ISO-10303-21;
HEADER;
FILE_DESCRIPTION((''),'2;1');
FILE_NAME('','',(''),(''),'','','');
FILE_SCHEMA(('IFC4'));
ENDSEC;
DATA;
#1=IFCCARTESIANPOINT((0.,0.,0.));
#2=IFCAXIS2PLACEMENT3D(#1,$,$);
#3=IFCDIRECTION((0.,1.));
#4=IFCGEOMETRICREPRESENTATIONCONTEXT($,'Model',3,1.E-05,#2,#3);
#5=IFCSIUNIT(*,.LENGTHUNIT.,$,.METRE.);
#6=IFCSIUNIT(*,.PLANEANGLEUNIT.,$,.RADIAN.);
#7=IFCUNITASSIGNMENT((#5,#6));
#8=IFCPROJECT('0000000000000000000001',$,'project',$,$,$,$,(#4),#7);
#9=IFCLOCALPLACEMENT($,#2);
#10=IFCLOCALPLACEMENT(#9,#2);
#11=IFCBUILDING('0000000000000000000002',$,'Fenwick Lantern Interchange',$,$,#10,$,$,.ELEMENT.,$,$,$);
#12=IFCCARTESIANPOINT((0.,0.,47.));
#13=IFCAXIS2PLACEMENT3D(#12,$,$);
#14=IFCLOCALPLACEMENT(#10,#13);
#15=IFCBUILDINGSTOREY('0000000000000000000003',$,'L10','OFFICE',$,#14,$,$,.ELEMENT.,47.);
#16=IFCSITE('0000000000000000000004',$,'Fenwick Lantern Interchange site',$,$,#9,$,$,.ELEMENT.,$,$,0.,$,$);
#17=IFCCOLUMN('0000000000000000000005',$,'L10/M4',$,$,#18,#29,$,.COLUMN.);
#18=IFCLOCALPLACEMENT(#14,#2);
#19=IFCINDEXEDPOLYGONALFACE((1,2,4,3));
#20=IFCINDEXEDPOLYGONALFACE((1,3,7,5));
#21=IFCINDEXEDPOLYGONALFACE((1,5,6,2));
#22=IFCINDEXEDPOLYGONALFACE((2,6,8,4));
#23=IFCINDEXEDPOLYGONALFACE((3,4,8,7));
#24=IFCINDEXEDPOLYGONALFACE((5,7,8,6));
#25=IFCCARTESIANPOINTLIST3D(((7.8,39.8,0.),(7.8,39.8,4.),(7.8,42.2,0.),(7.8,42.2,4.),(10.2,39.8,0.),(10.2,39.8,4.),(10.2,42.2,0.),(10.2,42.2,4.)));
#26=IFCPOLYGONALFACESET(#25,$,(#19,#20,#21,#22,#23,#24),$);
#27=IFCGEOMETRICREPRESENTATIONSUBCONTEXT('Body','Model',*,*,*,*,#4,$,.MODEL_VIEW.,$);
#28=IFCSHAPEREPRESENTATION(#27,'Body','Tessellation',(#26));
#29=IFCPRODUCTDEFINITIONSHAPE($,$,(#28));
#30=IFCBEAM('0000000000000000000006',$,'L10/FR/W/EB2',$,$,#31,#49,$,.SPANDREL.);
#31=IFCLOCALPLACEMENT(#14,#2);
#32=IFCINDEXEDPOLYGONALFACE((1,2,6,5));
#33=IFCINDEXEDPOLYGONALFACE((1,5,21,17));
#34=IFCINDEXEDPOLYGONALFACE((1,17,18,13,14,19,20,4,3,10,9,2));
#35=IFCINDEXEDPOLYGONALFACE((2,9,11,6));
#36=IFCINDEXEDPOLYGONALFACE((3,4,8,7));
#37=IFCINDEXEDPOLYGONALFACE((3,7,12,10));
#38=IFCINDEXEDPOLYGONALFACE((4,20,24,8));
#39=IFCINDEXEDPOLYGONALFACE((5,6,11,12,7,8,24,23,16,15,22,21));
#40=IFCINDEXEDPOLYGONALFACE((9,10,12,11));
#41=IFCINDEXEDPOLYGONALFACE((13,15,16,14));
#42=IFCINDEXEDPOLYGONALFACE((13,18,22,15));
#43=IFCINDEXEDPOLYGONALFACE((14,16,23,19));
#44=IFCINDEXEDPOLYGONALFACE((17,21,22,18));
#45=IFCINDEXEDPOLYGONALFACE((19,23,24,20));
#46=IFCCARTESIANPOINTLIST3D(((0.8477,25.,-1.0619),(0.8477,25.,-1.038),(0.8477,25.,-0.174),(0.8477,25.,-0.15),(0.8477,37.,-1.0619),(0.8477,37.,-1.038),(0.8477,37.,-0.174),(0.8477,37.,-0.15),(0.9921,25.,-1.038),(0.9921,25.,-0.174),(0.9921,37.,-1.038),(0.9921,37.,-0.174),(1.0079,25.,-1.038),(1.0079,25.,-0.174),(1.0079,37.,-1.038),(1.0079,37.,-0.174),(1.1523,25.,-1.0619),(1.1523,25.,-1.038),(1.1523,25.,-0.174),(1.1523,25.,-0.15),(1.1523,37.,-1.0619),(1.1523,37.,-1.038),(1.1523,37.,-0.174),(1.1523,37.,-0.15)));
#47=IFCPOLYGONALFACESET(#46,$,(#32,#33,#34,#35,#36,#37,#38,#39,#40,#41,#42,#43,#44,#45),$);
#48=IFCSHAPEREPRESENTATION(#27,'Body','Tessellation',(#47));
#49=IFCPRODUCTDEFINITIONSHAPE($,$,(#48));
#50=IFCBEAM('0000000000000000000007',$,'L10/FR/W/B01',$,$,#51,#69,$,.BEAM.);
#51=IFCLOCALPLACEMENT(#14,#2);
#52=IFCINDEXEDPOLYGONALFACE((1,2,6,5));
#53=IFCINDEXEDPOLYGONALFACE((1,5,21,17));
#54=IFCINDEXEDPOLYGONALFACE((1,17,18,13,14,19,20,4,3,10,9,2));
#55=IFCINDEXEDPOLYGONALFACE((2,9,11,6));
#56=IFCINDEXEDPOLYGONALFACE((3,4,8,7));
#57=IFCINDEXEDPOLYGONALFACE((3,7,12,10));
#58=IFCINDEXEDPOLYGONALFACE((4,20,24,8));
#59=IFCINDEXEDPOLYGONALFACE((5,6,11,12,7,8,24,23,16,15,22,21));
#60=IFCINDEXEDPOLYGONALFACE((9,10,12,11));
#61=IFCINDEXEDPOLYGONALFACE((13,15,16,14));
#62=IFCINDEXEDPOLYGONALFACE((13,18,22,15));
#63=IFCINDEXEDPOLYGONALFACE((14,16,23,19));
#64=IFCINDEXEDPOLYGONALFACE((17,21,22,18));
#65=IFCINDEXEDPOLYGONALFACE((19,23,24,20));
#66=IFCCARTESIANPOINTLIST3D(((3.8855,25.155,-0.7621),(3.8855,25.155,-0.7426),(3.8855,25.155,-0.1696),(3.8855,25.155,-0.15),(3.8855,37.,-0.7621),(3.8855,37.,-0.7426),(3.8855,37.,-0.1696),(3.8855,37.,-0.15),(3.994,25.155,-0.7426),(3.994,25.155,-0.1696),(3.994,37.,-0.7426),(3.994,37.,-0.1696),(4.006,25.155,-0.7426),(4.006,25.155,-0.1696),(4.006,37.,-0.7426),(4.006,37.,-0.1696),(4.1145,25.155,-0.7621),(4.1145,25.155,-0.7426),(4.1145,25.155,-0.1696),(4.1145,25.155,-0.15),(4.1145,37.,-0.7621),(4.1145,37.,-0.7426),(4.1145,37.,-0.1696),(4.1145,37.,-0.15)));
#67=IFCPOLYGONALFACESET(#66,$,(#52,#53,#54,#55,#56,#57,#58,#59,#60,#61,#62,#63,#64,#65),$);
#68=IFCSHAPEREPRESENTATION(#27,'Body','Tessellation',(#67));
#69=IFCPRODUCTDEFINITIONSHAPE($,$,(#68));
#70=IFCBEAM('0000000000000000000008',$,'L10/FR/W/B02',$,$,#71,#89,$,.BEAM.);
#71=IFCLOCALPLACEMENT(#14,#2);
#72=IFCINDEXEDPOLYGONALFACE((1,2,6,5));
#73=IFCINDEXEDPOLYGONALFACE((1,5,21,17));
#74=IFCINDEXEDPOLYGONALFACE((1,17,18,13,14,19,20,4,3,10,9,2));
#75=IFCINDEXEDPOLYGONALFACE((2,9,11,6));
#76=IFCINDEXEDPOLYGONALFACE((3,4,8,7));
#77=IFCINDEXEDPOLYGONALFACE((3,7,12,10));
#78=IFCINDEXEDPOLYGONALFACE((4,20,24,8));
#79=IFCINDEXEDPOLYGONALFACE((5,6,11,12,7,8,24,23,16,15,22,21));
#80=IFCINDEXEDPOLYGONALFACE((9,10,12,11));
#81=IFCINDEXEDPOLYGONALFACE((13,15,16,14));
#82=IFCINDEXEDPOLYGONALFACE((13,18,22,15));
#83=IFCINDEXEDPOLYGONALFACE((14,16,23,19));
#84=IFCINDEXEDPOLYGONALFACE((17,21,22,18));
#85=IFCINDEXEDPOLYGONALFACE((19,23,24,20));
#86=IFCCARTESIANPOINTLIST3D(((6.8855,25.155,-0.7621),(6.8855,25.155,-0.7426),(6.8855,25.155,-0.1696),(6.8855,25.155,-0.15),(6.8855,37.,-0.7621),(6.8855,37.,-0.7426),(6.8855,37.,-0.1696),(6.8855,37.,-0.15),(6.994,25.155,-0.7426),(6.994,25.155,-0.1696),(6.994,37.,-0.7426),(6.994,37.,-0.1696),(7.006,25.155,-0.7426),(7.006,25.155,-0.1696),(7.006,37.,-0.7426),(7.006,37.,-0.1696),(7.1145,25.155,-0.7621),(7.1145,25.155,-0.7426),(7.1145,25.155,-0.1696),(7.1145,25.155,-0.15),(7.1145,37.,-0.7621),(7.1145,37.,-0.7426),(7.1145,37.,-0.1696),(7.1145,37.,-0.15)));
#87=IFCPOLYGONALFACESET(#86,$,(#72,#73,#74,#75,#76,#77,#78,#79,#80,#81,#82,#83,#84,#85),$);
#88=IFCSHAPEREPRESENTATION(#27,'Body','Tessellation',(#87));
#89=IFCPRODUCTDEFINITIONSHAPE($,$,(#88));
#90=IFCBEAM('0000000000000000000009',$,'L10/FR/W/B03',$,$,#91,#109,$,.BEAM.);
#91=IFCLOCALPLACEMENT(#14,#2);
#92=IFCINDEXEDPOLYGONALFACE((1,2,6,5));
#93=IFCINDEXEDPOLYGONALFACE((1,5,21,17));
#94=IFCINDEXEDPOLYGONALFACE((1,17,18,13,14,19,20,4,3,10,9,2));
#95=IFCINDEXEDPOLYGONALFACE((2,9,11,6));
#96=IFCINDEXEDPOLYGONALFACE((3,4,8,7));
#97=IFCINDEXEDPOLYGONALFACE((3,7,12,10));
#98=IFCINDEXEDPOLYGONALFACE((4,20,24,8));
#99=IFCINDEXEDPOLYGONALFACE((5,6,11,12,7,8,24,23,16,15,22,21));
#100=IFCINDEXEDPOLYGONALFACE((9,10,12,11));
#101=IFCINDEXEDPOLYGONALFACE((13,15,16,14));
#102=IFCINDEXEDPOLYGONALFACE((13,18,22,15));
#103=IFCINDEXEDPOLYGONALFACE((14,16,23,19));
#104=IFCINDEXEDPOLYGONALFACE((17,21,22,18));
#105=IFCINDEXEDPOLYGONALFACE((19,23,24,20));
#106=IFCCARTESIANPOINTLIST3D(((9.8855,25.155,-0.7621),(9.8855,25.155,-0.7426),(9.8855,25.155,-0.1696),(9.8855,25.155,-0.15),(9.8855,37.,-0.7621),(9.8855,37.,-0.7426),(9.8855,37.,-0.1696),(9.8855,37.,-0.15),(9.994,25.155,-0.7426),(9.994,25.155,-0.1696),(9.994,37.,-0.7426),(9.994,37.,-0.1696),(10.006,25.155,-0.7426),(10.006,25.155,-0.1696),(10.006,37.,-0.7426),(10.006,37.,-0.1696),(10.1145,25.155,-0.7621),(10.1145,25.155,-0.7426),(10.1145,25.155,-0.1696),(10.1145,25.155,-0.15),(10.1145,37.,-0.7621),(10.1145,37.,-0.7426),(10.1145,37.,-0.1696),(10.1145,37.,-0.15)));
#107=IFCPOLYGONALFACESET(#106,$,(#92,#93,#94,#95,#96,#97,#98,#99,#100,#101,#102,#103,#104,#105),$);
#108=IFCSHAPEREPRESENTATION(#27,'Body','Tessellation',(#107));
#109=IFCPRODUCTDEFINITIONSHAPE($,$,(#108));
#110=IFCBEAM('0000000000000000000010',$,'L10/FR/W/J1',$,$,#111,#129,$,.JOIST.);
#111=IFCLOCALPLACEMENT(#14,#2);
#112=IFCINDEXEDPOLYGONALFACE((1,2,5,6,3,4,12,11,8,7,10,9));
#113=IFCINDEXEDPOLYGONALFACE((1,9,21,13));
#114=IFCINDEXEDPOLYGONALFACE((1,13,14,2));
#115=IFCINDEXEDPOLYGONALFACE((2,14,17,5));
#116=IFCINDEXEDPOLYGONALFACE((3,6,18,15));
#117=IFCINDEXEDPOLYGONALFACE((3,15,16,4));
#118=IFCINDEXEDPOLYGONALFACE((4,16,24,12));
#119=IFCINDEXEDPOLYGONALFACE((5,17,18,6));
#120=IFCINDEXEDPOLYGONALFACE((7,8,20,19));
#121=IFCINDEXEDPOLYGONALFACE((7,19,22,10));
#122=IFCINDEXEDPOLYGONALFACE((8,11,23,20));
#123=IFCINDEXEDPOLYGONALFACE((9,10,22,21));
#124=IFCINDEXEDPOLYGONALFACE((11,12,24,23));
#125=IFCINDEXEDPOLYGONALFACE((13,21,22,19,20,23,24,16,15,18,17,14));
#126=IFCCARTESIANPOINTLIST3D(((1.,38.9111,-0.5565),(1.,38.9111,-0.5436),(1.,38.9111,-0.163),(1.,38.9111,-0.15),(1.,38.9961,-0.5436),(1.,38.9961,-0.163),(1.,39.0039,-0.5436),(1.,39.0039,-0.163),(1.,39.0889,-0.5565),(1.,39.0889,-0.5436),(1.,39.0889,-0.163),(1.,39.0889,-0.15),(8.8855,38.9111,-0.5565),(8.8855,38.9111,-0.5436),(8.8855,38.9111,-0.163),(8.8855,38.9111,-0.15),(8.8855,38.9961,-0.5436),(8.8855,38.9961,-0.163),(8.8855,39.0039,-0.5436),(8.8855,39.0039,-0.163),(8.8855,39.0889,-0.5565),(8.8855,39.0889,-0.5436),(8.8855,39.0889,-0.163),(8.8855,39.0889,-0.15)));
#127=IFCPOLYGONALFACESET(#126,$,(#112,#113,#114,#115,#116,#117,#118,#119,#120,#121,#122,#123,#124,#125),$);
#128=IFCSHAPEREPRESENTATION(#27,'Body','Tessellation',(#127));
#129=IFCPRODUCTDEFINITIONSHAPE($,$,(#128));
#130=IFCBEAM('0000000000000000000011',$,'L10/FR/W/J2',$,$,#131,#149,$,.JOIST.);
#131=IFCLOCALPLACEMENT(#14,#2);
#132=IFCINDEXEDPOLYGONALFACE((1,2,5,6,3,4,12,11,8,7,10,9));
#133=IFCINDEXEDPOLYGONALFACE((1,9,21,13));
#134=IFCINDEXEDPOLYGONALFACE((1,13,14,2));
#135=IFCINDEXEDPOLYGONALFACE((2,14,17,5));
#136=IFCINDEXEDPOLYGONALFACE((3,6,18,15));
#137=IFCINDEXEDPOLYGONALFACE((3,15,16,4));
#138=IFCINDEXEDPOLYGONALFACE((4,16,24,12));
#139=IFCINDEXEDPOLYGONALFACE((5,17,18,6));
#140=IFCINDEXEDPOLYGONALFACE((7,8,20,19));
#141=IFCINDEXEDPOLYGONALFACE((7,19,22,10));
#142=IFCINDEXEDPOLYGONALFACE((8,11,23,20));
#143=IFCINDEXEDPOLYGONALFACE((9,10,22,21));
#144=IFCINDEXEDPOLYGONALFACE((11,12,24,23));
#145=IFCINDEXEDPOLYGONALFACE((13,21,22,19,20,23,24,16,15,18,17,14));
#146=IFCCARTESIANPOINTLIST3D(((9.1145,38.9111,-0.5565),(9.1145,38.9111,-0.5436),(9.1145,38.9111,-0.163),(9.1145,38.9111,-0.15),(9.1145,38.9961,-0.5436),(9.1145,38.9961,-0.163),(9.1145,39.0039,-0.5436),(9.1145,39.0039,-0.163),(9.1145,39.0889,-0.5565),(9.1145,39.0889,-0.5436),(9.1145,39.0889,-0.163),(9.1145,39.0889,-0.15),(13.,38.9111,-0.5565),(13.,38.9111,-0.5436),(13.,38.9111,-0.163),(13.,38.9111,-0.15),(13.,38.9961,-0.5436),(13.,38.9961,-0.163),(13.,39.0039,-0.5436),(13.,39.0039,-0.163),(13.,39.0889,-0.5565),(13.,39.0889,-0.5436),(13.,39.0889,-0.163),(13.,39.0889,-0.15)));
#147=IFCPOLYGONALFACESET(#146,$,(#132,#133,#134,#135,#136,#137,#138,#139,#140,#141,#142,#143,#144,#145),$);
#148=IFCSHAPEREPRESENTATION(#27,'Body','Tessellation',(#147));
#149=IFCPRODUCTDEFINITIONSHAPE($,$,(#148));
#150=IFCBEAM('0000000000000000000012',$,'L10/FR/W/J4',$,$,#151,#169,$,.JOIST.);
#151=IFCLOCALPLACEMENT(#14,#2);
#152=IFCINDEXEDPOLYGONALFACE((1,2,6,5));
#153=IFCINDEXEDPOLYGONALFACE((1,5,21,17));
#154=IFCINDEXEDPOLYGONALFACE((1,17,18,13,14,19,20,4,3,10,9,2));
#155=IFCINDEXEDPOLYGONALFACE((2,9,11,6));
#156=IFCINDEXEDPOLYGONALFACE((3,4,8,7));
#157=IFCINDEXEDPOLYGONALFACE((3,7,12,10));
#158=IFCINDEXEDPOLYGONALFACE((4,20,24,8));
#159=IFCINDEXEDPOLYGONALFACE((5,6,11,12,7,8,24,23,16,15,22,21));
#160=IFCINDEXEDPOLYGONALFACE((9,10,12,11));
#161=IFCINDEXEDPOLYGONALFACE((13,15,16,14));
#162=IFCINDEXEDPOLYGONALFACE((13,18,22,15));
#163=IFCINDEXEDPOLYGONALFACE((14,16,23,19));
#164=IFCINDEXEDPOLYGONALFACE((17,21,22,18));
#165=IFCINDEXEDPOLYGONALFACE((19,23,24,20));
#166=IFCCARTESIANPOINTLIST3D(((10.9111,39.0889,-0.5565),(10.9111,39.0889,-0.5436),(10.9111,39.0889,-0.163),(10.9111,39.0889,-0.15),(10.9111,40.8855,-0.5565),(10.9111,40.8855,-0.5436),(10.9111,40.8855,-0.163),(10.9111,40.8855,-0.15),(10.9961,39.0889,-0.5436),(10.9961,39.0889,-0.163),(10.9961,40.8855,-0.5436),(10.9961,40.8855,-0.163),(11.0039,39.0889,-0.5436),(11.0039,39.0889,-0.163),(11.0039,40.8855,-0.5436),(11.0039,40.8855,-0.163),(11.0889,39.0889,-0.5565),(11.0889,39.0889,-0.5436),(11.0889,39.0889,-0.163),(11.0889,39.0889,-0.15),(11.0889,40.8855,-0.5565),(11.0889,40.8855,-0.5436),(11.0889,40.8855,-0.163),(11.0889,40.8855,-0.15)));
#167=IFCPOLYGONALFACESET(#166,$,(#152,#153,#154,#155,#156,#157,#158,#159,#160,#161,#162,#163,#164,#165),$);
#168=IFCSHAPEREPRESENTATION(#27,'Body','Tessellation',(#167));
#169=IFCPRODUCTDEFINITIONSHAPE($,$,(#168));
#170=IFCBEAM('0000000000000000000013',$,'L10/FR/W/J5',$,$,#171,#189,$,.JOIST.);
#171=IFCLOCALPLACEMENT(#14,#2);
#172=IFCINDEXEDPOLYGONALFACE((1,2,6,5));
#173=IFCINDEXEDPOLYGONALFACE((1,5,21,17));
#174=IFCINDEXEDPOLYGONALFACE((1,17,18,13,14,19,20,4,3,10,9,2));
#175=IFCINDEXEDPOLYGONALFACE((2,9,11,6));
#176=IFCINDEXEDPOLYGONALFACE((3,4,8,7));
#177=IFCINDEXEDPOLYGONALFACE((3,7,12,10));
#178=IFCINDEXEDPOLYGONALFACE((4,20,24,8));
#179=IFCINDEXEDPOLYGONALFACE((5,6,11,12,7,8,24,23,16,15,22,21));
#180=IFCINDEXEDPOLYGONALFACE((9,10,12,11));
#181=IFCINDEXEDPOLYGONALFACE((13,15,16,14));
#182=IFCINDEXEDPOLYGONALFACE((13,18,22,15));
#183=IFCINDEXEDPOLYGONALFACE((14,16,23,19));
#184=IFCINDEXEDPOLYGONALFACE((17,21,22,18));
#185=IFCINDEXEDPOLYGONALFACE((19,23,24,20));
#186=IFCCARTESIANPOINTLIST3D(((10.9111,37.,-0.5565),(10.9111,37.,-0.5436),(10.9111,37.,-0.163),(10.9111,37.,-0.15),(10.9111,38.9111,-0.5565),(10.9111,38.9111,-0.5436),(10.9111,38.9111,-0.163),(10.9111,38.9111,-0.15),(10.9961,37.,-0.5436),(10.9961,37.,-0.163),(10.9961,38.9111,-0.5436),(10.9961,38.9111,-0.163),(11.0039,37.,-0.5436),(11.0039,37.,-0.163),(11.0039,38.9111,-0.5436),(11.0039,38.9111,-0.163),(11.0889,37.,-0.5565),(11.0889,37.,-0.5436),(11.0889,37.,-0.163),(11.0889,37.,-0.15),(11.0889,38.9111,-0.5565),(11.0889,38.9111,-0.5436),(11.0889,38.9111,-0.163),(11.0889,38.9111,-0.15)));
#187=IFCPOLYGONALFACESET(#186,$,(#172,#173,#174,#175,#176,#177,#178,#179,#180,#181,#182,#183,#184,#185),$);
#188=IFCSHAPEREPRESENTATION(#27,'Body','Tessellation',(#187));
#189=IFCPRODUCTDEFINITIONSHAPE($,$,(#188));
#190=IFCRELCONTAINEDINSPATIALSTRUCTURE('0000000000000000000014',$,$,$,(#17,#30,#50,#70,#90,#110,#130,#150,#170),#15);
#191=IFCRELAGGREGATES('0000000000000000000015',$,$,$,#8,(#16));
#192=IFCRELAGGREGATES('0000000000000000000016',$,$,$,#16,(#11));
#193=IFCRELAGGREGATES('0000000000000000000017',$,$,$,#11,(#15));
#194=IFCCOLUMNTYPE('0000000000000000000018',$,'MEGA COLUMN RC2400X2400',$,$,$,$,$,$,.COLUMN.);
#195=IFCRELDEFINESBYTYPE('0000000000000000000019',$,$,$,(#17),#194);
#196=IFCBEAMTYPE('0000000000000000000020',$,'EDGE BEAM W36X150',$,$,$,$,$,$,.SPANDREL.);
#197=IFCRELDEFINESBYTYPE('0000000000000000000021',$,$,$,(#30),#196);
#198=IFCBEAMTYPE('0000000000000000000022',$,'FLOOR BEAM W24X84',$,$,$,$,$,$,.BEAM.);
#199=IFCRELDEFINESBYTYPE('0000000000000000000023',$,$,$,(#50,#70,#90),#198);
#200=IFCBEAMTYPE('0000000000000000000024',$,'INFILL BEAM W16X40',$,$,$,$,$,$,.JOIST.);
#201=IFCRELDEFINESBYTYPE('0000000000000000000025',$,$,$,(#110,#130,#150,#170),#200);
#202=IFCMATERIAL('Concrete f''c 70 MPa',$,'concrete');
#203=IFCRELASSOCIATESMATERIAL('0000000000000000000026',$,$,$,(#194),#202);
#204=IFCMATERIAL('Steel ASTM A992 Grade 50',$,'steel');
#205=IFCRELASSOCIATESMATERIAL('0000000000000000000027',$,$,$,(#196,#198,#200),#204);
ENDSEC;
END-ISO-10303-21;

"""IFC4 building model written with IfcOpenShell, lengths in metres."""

from ifc_helpers import new_model, si_unit, direction, frame, origin, origin_2d, place, context, subcontext, project, spatial, rectangle, i_section, extrude, material, material_profile, profile_set, type_object, element, save


model = new_model("IFC4")

# Units and contexts
model_context = context("Model", 3, precision=1e-05, world=origin(), true_north=direction((0.0, 1.0)))
body_context = subcontext(model_context, "Body", "Model", "MODEL_VIEW")
ifc_project = project(units=[si_unit("LENGTHUNIT", "METRE"), si_unit("PLANEANGLEUNIT", "RADIAN")], contexts=[model_context])

# Site, building, storey
site_placement = place(None, origin())
site = spatial("IfcSite", under=ifc_project, at=site_placement, Name="Fenwick Lantern Interchange site", CompositionType="ELEMENT", RefElevation=0.0)
building_placement = place(site_placement, origin())
building = spatial("IfcBuilding", under=site, at=building_placement, Name="Fenwick Lantern Interchange", CompositionType="ELEMENT")
storey_placement = place(building_placement, frame((0.0, 0.0, 47.0)))
storey = spatial("IfcBuildingStorey", under=building, at=storey_placement, Name="L10", Description="OFFICE", CompositionType="ELEMENT", Elevation=47.0)

# Column
ifc_material_1 = material(Name="Concrete f'c 70 MPa", Category="concrete")
ifc_material_profile_1 = material_profile(ifc_material_1, rectangle(XDim=2.3999, YDim=2.3999, at=origin_2d()), Name="RC2400X2400")
ifc_profile_set_1 = profile_set([ifc_material_profile_1], Name="Concrete f'c 70 MPa")
column_type = type_object("IfcColumnType", Name="MEGA COLUMN RC2400X2400", PredefinedType="COLUMN", material=ifc_profile_set_1)
column_placement = place(storey_placement, frame((9.0, 41.0, 0.0), z_axis=(0.0, 0.0, 1.0), x_axis=(1.0, 0.0, 0.0)))
element("IfcColumn", 1, at=column_placement, inside=storey, type_object=column_type, Name="L10/M4", PredefinedType="COLUMN", context=body_context, shape_type="SweptSolid", body=[
    extrude(rectangle(XDim=2.3999, YDim=2.3999, at=origin_2d()), origin(), (0.0, 0.0, 1.0), 4.0),
])

# Beams
ifc_material_2 = material(Name="Steel ASTM A992 Grade 50", Category="steel")
ifc_material_profile_2 = material_profile(ifc_material_2, i_section(OverallWidth=0.3047, OverallDepth=0.9119, WebThickness=0.0159, FlangeThickness=0.0239, at=origin_2d()), Name="W36X150")
ifc_profile_set_2 = profile_set([ifc_material_profile_2], Name="Steel ASTM A992 Grade 50")
beam_type_1 = type_object("IfcBeamType", Name="EDGE BEAM W36X150", PredefinedType="SPANDREL", material=ifc_profile_set_2)
beam_1_placement = place(storey_placement, frame((1.0, 37.0, -0.606), z_axis=(0.0, -1.0, 0.0), x_axis=(1.0, 0.0, 0.0)))
element("IfcBeam", 2, at=beam_1_placement, inside=storey, type_object=beam_type_1, Name="L10/FR/W/EB2", PredefinedType="SPANDREL", context=body_context, shape_type="SweptSolid", body=[
    extrude(i_section(OverallWidth=0.3047, OverallDepth=0.9119, WebThickness=0.0159, FlangeThickness=0.0239, at=origin_2d()), origin(), (0.0, 0.0, 1.0), 12.0),
])
ifc_material_profile_3 = material_profile(ifc_material_2, i_section(OverallWidth=0.229, OverallDepth=0.6121, WebThickness=0.012, FlangeThickness=0.0195, at=origin_2d()), Name="W24X84")
ifc_profile_set_3 = profile_set([ifc_material_profile_3], Name="Steel ASTM A992 Grade 50")
beam_type_2 = type_object("IfcBeamType", Name="FLOOR BEAM W24X84", PredefinedType="BEAM", material=ifc_profile_set_3)
for number, where, z_axis, x_axis, name in (
    (3, (4.0, 37.0, -0.4561), (0.0, -1.0, 0.0), (1.0, 0.0, 0.0), "L10/FR/W/B01"),
    (4, (7.0, 37.0, -0.4561), (0.0, -1.0, 0.0), (1.0, 0.0, 0.0), "L10/FR/W/B02"),
    (5, (10.0, 37.0, -0.4561), (0.0, -1.0, 0.0), (1.0, 0.0, 0.0), "L10/FR/W/B03"),
):
    element("IfcBeam", number, at=place(storey_placement, frame(where, z_axis=z_axis, x_axis=x_axis)), inside=storey, type_object=beam_type_2, Name=name, PredefinedType="BEAM", context=body_context, shape_type="SweptSolid", body=[
        extrude(i_section(OverallWidth=0.229, OverallDepth=0.6121, WebThickness=0.012, FlangeThickness=0.0195, at=origin_2d()), origin(), (0.0, 0.0, 1.0), 11.845),
    ])
ifc_material_profile_4 = material_profile(ifc_material_2, i_section(OverallWidth=0.1777, OverallDepth=0.4065, WebThickness=0.0078, FlangeThickness=0.0129, at=origin_2d()), Name="W16X40")
ifc_profile_set_4 = profile_set([ifc_material_profile_4], Name="Steel ASTM A992 Grade 50")
beam_type_3 = type_object("IfcBeamType", Name="INFILL BEAM W16X40", PredefinedType="JOIST", material=ifc_profile_set_4)
beam_2_placement = place(storey_placement, frame((1.0, 39.0, -0.3533), z_axis=(1.0, 0.0, 0.0), x_axis=(0.0, 1.0, 0.0)))
element("IfcBeam", 6, at=beam_2_placement, inside=storey, type_object=beam_type_3, Name="L10/FR/W/J1", PredefinedType="JOIST", context=body_context, shape_type="SweptSolid", body=[
    extrude(i_section(OverallWidth=0.1777, OverallDepth=0.4065, WebThickness=0.0078, FlangeThickness=0.0129, at=origin_2d()), origin(), (0.0, 0.0, 1.0), 7.8855),
])
beam_3_placement = place(storey_placement, frame((9.1145, 39.0, -0.3533), z_axis=(1.0, 0.0, 0.0), x_axis=(0.0, 1.0, 0.0)))
element("IfcBeam", 7, at=beam_3_placement, inside=storey, type_object=beam_type_3, Name="L10/FR/W/J2", PredefinedType="JOIST", context=body_context, shape_type="SweptSolid", body=[
    extrude(i_section(OverallWidth=0.1777, OverallDepth=0.4065, WebThickness=0.0078, FlangeThickness=0.0129, at=origin_2d()), origin(), (0.0, 0.0, 1.0), 3.8855),
])
beam_4_placement = place(storey_placement, frame((11.0, 40.8855, -0.3533), z_axis=(0.0, -1.0, 0.0), x_axis=(1.0, 0.0, 0.0)))
element("IfcBeam", 8, at=beam_4_placement, inside=storey, type_object=beam_type_3, Name="L10/FR/W/J4", PredefinedType="JOIST", context=body_context, shape_type="SweptSolid", body=[
    extrude(i_section(OverallWidth=0.1777, OverallDepth=0.4065, WebThickness=0.0078, FlangeThickness=0.0129, at=origin_2d()), origin(), (0.0, 0.0, 1.0), 1.7966),
])
beam_5_placement = place(storey_placement, frame((11.0, 38.9111, -0.3533), z_axis=(0.0, -1.0, 0.0), x_axis=(1.0, 0.0, 0.0)))
element("IfcBeam", 9, at=beam_5_placement, inside=storey, type_object=beam_type_3, Name="L10/FR/W/J5", PredefinedType="JOIST", context=body_context, shape_type="SweptSolid", body=[
    extrude(i_section(OverallWidth=0.1777, OverallDepth=0.4065, WebThickness=0.0078, FlangeThickness=0.0129, at=origin_2d()), origin(), (0.0, 0.0, 1.0), 1.9111),
])

save(model, "model.ifc")
